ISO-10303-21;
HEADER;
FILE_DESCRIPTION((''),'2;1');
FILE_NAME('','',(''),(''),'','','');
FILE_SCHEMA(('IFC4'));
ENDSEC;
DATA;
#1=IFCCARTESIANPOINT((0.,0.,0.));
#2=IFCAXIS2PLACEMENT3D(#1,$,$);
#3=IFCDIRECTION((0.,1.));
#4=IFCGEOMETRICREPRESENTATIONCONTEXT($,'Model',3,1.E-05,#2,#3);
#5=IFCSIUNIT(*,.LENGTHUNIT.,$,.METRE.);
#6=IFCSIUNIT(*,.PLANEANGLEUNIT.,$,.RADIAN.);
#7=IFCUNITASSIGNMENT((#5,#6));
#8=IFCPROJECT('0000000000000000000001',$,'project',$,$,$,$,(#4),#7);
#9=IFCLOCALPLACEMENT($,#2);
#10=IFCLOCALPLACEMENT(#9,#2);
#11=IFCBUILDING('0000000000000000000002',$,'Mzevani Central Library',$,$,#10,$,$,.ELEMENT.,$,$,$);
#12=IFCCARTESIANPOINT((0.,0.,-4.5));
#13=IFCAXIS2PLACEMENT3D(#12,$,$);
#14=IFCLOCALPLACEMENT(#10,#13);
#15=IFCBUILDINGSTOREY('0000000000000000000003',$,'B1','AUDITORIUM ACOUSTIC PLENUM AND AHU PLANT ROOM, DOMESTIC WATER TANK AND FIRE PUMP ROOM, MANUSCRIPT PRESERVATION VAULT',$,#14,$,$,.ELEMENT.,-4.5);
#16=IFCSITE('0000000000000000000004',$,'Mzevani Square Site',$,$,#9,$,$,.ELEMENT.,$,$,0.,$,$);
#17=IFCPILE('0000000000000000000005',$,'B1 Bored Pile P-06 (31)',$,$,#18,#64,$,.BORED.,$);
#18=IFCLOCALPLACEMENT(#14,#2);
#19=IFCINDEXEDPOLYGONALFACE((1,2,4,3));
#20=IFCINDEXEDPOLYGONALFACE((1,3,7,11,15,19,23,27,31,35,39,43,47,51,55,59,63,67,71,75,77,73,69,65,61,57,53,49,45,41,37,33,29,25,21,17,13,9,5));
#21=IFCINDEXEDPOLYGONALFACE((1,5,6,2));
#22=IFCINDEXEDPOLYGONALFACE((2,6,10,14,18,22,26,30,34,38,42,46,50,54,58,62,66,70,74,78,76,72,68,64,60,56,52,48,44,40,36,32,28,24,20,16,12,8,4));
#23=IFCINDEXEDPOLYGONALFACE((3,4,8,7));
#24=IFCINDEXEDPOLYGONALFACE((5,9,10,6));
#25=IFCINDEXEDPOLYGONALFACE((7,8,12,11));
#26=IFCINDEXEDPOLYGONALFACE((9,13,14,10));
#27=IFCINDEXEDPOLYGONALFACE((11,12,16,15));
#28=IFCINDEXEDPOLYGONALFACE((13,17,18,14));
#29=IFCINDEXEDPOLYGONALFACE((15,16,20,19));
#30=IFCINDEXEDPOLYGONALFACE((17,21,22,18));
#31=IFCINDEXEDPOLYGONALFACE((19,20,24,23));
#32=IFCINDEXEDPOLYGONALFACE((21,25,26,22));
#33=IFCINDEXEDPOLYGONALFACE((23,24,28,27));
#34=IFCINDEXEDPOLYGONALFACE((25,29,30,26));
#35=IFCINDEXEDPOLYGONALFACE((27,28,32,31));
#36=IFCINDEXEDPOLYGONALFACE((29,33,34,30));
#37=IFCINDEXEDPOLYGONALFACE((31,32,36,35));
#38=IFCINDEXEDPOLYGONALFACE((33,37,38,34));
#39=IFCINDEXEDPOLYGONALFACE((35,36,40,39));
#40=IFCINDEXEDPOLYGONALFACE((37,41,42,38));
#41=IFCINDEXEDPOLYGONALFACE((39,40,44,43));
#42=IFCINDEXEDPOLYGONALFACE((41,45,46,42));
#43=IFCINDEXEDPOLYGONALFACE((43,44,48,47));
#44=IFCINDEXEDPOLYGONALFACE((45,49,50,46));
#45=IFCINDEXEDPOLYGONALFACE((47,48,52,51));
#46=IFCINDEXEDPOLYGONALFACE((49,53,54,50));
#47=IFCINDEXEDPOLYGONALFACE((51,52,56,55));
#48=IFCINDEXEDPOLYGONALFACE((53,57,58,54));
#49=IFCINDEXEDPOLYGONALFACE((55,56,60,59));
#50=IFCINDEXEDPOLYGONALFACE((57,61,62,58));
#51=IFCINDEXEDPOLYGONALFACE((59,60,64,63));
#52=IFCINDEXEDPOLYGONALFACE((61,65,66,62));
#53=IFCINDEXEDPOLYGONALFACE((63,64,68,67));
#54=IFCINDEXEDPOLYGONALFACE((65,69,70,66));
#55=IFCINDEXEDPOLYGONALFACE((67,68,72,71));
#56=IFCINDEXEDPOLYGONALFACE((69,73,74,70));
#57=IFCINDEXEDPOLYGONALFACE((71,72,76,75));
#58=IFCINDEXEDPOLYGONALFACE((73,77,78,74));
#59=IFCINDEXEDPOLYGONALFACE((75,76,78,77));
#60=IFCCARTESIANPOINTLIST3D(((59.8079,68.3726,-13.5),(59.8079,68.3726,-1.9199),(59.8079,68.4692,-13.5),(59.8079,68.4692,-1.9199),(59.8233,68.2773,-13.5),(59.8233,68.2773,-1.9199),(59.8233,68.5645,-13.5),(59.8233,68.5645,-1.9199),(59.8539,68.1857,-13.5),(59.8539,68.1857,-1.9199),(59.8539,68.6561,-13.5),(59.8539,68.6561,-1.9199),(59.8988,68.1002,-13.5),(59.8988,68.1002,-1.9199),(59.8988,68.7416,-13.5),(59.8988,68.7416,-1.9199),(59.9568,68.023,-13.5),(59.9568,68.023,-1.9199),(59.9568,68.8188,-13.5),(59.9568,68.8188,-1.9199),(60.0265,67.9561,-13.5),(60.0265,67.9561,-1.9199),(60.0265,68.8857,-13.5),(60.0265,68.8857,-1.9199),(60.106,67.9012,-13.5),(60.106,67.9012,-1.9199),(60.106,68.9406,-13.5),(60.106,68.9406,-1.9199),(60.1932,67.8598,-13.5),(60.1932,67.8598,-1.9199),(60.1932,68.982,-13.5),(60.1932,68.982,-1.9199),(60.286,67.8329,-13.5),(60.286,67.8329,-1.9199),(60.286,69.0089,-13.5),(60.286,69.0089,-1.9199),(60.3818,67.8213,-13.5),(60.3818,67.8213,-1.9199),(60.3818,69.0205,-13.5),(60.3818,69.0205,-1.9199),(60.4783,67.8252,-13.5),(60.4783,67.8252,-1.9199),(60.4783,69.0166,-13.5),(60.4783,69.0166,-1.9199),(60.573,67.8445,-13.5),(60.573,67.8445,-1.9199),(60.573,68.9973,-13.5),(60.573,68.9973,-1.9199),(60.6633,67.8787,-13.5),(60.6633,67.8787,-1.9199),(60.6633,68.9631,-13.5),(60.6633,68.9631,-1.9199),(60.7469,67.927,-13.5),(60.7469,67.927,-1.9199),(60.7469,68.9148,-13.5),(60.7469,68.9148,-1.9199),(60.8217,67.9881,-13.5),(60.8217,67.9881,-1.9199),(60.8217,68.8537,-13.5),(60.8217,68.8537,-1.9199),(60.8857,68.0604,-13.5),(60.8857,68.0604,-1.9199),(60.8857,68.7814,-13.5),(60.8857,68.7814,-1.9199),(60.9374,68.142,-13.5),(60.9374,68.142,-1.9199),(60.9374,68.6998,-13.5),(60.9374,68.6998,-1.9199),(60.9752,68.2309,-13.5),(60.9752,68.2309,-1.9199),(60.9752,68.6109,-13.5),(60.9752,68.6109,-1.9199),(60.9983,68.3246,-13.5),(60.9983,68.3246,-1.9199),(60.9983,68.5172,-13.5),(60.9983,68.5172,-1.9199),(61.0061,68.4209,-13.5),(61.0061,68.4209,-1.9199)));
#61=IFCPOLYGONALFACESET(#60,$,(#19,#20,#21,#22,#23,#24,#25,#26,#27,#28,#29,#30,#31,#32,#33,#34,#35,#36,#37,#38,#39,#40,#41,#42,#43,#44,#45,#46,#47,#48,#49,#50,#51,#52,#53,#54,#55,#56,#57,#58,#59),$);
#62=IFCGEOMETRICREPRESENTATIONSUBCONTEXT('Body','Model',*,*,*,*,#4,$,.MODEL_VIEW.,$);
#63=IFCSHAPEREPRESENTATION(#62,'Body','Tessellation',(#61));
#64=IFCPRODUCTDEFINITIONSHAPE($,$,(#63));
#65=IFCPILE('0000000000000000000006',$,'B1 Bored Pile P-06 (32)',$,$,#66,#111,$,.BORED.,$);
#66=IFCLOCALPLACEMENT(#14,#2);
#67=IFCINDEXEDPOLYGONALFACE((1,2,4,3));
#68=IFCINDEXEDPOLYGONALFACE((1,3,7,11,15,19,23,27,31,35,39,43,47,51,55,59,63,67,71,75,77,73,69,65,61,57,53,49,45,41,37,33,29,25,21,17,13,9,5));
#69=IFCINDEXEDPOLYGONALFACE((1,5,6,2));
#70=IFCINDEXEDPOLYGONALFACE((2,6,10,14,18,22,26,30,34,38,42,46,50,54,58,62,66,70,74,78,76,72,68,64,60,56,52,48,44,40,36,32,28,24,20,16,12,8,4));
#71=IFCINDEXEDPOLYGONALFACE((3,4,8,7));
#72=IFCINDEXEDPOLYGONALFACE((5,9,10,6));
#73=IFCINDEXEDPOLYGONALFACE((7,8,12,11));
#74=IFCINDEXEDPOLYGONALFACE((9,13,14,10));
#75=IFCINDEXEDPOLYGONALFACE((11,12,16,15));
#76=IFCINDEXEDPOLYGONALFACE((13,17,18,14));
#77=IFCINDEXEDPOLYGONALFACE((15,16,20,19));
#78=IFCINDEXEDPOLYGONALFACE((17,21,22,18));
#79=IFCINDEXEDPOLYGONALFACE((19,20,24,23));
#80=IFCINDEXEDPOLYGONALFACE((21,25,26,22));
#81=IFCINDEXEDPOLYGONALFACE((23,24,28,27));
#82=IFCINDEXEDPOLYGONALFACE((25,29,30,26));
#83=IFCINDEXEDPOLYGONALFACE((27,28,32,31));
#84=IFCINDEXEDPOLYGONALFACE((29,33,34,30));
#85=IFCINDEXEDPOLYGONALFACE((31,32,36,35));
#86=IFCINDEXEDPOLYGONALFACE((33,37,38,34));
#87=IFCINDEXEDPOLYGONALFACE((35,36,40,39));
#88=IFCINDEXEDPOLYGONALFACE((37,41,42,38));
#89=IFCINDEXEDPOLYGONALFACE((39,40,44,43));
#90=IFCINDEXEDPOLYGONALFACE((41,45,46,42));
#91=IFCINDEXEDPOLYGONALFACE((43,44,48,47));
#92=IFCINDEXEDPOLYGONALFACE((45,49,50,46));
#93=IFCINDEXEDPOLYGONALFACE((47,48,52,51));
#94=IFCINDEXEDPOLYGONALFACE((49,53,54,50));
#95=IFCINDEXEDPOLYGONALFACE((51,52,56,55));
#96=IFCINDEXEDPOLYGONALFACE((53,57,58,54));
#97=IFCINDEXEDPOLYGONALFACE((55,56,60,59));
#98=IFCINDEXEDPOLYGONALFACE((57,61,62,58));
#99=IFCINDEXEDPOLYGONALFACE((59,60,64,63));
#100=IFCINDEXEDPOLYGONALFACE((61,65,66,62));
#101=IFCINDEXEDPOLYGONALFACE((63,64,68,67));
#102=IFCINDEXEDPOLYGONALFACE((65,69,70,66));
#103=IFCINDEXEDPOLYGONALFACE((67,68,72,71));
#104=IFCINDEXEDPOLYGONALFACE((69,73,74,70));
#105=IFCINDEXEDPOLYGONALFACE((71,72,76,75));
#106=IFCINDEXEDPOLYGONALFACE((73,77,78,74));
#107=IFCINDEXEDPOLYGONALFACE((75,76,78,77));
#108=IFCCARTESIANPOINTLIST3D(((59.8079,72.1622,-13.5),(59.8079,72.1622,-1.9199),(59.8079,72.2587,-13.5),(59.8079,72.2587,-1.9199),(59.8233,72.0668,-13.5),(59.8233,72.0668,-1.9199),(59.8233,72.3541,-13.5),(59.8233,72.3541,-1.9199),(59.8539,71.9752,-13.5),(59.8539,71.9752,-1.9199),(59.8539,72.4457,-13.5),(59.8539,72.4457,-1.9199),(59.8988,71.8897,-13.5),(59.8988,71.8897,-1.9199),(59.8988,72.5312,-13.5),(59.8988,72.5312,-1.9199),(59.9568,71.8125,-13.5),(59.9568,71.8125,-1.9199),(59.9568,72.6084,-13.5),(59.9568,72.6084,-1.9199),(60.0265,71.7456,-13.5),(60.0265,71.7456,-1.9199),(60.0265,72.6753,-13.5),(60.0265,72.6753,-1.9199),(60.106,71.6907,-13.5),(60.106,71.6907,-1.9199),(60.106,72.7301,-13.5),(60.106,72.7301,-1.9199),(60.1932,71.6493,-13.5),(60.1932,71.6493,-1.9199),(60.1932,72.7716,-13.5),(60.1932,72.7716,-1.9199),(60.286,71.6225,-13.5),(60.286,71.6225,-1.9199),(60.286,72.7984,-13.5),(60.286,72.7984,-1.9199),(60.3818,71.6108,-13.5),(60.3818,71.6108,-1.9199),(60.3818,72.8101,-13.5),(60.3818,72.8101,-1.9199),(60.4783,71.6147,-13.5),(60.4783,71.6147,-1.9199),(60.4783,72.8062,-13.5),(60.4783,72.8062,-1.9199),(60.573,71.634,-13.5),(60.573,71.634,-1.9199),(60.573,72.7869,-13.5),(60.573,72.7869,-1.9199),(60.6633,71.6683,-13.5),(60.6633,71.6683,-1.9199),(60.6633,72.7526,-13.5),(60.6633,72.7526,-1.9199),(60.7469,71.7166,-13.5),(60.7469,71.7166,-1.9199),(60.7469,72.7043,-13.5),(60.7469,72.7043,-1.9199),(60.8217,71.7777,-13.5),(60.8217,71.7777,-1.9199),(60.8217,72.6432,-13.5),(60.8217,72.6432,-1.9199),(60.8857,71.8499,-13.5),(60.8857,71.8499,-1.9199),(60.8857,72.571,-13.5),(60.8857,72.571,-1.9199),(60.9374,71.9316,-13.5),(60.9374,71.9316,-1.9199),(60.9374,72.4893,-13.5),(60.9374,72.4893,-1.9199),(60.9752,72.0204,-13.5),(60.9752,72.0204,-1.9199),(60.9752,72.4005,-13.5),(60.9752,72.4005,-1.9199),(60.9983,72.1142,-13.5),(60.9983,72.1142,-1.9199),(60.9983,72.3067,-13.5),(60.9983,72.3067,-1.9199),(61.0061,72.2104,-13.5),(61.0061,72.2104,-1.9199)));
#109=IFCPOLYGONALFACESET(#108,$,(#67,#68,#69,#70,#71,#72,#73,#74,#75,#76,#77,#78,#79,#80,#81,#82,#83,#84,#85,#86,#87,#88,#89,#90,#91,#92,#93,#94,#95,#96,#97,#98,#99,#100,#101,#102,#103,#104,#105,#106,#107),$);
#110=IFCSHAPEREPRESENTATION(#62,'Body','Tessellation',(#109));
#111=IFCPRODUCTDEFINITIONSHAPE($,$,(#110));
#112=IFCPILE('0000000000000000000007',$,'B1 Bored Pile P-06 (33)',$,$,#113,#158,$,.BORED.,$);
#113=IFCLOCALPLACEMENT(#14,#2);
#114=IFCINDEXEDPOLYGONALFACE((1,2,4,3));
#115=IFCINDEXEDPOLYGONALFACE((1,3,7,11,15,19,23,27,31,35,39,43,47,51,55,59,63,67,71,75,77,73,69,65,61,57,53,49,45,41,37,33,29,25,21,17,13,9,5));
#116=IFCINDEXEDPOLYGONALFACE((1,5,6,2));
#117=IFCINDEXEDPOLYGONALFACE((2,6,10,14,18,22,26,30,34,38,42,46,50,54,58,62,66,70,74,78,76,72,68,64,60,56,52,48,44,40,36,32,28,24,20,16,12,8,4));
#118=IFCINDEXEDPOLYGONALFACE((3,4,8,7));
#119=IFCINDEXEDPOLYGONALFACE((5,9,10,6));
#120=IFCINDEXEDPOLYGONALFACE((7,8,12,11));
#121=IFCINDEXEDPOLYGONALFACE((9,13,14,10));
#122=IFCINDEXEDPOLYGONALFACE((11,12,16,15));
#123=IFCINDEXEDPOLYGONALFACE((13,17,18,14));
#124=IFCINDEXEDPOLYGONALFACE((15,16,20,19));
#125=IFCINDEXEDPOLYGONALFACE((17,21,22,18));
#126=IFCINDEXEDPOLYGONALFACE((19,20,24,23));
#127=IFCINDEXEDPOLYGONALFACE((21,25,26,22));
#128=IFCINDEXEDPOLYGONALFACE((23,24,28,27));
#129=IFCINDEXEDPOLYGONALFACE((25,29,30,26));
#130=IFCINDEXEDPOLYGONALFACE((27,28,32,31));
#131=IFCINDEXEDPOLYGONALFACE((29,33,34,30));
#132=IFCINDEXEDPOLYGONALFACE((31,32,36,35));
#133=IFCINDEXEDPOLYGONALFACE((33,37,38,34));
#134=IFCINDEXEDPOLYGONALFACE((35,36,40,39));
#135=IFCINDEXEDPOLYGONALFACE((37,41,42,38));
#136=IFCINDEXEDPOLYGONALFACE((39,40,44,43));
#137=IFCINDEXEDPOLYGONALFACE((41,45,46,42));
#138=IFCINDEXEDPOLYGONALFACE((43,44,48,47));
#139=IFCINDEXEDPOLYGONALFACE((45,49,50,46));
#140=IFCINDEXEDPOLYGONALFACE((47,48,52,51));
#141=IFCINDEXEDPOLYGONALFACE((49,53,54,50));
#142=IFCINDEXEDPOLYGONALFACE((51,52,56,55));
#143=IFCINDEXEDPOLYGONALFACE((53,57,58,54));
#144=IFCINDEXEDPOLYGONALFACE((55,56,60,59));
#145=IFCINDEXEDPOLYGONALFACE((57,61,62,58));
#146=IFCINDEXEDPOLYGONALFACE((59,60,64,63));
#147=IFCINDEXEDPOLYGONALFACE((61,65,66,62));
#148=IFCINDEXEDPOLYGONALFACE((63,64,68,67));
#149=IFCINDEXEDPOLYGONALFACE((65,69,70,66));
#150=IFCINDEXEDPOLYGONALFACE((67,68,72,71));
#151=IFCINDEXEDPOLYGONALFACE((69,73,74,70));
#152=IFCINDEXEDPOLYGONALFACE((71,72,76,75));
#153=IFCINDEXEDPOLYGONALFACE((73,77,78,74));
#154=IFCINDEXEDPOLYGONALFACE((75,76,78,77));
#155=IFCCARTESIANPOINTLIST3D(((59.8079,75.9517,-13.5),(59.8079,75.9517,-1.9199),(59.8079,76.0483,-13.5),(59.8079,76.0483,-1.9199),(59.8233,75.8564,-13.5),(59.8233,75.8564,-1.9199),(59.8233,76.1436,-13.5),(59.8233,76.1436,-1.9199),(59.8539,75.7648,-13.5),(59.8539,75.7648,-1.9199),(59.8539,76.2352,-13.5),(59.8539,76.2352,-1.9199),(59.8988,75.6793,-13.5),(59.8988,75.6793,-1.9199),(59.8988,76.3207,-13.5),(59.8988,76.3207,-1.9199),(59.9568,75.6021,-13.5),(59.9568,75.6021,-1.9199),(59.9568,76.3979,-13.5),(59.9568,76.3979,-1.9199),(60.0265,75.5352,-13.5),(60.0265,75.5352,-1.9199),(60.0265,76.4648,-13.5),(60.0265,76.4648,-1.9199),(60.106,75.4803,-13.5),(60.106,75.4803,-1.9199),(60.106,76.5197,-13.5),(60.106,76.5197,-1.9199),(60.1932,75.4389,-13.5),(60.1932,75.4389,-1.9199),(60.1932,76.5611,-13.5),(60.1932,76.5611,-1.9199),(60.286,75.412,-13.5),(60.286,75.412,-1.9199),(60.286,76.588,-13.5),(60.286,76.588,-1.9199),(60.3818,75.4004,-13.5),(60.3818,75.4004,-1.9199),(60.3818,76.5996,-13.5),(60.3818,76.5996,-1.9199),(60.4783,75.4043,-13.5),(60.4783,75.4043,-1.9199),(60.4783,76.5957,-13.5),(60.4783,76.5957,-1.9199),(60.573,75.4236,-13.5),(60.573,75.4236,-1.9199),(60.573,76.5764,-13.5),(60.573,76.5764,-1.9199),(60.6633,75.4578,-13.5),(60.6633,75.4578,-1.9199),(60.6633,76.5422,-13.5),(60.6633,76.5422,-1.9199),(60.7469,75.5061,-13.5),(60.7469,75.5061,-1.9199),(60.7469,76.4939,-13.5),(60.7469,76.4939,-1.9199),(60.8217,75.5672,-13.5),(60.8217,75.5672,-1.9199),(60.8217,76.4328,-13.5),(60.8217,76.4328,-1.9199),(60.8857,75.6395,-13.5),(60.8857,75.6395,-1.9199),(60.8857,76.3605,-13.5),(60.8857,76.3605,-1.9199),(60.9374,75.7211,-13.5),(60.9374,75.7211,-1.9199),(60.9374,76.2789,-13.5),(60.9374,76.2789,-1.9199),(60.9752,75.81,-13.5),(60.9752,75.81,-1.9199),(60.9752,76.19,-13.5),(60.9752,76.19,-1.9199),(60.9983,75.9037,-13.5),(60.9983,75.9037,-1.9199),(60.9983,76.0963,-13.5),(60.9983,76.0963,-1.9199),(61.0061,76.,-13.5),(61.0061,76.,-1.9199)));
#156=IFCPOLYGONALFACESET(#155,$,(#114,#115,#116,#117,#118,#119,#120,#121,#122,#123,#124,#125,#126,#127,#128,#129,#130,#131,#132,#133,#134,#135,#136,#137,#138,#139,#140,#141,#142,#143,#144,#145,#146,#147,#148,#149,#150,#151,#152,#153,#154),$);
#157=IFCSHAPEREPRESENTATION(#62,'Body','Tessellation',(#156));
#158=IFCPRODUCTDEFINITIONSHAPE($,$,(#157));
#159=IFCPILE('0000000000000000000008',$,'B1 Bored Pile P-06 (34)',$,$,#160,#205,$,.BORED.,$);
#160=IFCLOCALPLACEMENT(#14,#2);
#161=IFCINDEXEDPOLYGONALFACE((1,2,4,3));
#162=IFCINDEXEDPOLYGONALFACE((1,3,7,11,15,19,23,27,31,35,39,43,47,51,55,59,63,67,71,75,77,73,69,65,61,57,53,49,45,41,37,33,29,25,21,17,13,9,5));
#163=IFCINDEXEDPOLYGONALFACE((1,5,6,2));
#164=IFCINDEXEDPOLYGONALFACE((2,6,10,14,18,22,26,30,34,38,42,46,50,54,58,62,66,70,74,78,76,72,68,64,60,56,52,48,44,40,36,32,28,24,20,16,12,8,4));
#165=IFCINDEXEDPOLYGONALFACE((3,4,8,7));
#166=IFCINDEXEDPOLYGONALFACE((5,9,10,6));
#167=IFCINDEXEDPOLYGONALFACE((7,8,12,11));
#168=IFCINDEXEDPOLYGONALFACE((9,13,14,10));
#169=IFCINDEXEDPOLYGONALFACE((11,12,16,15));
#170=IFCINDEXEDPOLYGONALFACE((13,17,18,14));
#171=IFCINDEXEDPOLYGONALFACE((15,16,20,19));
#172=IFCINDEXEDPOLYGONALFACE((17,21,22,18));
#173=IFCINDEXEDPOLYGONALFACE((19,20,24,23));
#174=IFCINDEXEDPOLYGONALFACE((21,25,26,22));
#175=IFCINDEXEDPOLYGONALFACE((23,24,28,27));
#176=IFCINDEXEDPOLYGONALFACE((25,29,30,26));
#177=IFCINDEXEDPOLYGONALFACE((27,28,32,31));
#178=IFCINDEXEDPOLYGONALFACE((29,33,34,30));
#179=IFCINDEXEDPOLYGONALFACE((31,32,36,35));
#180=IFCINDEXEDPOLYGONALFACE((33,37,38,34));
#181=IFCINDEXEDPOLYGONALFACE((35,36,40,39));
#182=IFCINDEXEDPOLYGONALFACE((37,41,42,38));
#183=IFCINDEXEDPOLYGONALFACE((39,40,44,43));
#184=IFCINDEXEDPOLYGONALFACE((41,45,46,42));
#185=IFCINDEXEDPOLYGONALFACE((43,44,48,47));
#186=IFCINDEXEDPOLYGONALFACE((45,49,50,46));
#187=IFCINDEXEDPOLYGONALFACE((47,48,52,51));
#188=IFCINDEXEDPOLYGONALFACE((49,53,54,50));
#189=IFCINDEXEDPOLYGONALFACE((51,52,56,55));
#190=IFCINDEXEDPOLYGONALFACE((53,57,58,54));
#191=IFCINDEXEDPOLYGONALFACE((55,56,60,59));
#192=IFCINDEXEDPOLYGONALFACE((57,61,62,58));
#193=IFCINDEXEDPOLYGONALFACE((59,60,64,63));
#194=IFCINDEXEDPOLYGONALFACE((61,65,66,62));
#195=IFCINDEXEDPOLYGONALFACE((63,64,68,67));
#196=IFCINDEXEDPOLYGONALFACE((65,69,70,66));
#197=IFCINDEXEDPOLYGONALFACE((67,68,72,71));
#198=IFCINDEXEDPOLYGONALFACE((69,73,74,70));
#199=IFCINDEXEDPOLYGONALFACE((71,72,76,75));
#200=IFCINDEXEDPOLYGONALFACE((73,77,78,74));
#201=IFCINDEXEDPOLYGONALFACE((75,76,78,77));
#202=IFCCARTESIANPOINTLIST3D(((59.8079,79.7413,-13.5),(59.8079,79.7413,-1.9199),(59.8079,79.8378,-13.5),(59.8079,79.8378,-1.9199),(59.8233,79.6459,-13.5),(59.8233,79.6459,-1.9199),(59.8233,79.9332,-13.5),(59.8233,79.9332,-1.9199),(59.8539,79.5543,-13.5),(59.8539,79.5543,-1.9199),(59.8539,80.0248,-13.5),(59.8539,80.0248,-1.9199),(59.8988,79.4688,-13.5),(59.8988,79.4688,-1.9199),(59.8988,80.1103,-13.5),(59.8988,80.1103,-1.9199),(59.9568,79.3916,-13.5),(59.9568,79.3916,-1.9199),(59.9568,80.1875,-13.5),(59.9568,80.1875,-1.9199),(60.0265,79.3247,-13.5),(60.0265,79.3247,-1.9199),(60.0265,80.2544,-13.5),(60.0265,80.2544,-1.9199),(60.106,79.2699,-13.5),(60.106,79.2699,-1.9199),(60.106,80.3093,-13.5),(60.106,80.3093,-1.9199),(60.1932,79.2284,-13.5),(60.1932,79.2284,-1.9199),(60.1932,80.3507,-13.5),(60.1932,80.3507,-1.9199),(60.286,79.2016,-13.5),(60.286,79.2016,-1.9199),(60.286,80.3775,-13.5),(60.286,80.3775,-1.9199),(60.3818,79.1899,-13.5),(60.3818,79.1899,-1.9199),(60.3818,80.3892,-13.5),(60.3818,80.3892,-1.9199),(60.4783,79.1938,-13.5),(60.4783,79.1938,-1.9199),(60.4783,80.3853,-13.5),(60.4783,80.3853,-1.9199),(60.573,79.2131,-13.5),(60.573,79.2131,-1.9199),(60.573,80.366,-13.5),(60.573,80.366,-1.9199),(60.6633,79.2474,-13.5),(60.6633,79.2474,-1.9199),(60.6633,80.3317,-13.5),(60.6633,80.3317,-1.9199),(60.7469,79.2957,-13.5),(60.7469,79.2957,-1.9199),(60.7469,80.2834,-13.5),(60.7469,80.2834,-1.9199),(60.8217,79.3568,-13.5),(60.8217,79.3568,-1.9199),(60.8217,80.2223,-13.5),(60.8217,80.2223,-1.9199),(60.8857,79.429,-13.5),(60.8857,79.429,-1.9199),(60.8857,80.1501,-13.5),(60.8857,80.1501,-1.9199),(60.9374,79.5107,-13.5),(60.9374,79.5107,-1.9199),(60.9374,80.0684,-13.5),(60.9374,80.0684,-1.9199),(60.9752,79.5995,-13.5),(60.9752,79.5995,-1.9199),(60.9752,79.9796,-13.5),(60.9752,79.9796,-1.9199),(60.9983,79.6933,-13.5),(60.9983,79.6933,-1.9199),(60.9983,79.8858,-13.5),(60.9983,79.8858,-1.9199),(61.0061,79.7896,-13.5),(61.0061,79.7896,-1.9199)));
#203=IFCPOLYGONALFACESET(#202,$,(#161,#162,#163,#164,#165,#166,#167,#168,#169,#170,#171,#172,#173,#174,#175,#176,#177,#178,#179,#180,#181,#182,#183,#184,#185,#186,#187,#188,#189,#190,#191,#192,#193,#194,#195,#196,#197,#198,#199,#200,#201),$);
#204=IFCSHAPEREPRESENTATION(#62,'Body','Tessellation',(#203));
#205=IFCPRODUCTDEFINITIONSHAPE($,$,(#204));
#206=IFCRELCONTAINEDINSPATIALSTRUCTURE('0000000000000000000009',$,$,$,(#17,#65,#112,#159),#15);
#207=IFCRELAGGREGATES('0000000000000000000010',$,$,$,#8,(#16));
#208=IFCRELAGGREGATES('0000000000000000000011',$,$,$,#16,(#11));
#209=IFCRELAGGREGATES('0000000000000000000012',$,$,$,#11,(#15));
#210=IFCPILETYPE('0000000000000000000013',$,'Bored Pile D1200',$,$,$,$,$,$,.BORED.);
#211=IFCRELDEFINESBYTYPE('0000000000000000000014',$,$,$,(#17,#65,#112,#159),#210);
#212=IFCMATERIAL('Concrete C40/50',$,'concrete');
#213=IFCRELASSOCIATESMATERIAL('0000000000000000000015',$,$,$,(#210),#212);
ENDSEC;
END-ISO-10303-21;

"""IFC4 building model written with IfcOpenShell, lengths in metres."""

from ifc_helpers import new_model, si_unit, direction, frame, origin, origin_2d, place, context, subcontext, project, spatial, circle, extrude, material, material_profile, profile_set, type_object, element, save


model = new_model("IFC4")

# Units and contexts
model_context = context("Model", 3, precision=1e-05, world=origin(), true_north=direction((0.0, 1.0)))
body_context = subcontext(model_context, "Body", "Model", "MODEL_VIEW")
ifc_project = project(units=[si_unit("LENGTHUNIT", "METRE"), si_unit("PLANEANGLEUNIT", "RADIAN")], contexts=[model_context])

# Site, building, storey
site_placement = place(None, origin())
site = spatial("IfcSite", under=ifc_project, at=site_placement, Name="Mzevani Square Site", CompositionType="ELEMENT", RefElevation=0.0)
building_placement = place(site_placement, origin())
building = spatial("IfcBuilding", under=site, at=building_placement, Name="Mzevani Central Library", CompositionType="ELEMENT")
storey_placement = place(building_placement, frame((0.0, 0.0, -4.5)))
storey = spatial("IfcBuildingStorey", under=building, at=storey_placement, Name="B1", Description="AUDITORIUM ACOUSTIC PLENUM AND AHU PLANT ROOM, DOMESTIC WATER TANK AND FIRE PUMP ROOM, MANUSCRIPT PRESERVATION VAULT", CompositionType="ELEMENT", Elevation=-4.5)

# Piles
ifc_material_1 = material(Name="Concrete C40/50", Category="concrete")
ifc_material_profile_1 = material_profile(ifc_material_1, circle(Radius=0.6001, at=origin_2d()), Name="PILE D1200")
ifc_profile_set_1 = profile_set([ifc_material_profile_1], Name="Concrete C40/50")
pile_type_1 = type_object("IfcPileType", Name="Bored Pile D1200", PredefinedType="BORED", material=ifc_profile_set_1)
for number, where, z_axis, x_axis, name in (
    (1, (60.406, 68.4209, -1.9199), (0.0, 0.0, -1.0), (1.0, 0.0, 0.0), "B1 Bored Pile P-06 (31)"),
    (2, (60.406, 72.2104, -1.9199), (0.0, 0.0, -1.0), (1.0, 0.0, 0.0), "B1 Bored Pile P-06 (32)"),
    (3, (60.406, 76.0, -1.9199), (0.0, 0.0, -1.0), (1.0, 0.0, 0.0), "B1 Bored Pile P-06 (33)"),
    (4, (60.406, 79.7896, -1.9199), (0.0, 0.0, -1.0), (1.0, 0.0, 0.0), "B1 Bored Pile P-06 (34)"),
):
    element("IfcPile", number, at=place(storey_placement, frame(where, z_axis=z_axis, x_axis=x_axis)), inside=storey, type_object=pile_type_1, Name=name, PredefinedType="BORED", context=body_context, shape_type="SweptSolid", body=[
        extrude(circle(Radius=0.6001, at=origin_2d()), origin(), (0.0, 0.0, 1.0), 11.5801),
    ])

save(model, "model.ifc")
